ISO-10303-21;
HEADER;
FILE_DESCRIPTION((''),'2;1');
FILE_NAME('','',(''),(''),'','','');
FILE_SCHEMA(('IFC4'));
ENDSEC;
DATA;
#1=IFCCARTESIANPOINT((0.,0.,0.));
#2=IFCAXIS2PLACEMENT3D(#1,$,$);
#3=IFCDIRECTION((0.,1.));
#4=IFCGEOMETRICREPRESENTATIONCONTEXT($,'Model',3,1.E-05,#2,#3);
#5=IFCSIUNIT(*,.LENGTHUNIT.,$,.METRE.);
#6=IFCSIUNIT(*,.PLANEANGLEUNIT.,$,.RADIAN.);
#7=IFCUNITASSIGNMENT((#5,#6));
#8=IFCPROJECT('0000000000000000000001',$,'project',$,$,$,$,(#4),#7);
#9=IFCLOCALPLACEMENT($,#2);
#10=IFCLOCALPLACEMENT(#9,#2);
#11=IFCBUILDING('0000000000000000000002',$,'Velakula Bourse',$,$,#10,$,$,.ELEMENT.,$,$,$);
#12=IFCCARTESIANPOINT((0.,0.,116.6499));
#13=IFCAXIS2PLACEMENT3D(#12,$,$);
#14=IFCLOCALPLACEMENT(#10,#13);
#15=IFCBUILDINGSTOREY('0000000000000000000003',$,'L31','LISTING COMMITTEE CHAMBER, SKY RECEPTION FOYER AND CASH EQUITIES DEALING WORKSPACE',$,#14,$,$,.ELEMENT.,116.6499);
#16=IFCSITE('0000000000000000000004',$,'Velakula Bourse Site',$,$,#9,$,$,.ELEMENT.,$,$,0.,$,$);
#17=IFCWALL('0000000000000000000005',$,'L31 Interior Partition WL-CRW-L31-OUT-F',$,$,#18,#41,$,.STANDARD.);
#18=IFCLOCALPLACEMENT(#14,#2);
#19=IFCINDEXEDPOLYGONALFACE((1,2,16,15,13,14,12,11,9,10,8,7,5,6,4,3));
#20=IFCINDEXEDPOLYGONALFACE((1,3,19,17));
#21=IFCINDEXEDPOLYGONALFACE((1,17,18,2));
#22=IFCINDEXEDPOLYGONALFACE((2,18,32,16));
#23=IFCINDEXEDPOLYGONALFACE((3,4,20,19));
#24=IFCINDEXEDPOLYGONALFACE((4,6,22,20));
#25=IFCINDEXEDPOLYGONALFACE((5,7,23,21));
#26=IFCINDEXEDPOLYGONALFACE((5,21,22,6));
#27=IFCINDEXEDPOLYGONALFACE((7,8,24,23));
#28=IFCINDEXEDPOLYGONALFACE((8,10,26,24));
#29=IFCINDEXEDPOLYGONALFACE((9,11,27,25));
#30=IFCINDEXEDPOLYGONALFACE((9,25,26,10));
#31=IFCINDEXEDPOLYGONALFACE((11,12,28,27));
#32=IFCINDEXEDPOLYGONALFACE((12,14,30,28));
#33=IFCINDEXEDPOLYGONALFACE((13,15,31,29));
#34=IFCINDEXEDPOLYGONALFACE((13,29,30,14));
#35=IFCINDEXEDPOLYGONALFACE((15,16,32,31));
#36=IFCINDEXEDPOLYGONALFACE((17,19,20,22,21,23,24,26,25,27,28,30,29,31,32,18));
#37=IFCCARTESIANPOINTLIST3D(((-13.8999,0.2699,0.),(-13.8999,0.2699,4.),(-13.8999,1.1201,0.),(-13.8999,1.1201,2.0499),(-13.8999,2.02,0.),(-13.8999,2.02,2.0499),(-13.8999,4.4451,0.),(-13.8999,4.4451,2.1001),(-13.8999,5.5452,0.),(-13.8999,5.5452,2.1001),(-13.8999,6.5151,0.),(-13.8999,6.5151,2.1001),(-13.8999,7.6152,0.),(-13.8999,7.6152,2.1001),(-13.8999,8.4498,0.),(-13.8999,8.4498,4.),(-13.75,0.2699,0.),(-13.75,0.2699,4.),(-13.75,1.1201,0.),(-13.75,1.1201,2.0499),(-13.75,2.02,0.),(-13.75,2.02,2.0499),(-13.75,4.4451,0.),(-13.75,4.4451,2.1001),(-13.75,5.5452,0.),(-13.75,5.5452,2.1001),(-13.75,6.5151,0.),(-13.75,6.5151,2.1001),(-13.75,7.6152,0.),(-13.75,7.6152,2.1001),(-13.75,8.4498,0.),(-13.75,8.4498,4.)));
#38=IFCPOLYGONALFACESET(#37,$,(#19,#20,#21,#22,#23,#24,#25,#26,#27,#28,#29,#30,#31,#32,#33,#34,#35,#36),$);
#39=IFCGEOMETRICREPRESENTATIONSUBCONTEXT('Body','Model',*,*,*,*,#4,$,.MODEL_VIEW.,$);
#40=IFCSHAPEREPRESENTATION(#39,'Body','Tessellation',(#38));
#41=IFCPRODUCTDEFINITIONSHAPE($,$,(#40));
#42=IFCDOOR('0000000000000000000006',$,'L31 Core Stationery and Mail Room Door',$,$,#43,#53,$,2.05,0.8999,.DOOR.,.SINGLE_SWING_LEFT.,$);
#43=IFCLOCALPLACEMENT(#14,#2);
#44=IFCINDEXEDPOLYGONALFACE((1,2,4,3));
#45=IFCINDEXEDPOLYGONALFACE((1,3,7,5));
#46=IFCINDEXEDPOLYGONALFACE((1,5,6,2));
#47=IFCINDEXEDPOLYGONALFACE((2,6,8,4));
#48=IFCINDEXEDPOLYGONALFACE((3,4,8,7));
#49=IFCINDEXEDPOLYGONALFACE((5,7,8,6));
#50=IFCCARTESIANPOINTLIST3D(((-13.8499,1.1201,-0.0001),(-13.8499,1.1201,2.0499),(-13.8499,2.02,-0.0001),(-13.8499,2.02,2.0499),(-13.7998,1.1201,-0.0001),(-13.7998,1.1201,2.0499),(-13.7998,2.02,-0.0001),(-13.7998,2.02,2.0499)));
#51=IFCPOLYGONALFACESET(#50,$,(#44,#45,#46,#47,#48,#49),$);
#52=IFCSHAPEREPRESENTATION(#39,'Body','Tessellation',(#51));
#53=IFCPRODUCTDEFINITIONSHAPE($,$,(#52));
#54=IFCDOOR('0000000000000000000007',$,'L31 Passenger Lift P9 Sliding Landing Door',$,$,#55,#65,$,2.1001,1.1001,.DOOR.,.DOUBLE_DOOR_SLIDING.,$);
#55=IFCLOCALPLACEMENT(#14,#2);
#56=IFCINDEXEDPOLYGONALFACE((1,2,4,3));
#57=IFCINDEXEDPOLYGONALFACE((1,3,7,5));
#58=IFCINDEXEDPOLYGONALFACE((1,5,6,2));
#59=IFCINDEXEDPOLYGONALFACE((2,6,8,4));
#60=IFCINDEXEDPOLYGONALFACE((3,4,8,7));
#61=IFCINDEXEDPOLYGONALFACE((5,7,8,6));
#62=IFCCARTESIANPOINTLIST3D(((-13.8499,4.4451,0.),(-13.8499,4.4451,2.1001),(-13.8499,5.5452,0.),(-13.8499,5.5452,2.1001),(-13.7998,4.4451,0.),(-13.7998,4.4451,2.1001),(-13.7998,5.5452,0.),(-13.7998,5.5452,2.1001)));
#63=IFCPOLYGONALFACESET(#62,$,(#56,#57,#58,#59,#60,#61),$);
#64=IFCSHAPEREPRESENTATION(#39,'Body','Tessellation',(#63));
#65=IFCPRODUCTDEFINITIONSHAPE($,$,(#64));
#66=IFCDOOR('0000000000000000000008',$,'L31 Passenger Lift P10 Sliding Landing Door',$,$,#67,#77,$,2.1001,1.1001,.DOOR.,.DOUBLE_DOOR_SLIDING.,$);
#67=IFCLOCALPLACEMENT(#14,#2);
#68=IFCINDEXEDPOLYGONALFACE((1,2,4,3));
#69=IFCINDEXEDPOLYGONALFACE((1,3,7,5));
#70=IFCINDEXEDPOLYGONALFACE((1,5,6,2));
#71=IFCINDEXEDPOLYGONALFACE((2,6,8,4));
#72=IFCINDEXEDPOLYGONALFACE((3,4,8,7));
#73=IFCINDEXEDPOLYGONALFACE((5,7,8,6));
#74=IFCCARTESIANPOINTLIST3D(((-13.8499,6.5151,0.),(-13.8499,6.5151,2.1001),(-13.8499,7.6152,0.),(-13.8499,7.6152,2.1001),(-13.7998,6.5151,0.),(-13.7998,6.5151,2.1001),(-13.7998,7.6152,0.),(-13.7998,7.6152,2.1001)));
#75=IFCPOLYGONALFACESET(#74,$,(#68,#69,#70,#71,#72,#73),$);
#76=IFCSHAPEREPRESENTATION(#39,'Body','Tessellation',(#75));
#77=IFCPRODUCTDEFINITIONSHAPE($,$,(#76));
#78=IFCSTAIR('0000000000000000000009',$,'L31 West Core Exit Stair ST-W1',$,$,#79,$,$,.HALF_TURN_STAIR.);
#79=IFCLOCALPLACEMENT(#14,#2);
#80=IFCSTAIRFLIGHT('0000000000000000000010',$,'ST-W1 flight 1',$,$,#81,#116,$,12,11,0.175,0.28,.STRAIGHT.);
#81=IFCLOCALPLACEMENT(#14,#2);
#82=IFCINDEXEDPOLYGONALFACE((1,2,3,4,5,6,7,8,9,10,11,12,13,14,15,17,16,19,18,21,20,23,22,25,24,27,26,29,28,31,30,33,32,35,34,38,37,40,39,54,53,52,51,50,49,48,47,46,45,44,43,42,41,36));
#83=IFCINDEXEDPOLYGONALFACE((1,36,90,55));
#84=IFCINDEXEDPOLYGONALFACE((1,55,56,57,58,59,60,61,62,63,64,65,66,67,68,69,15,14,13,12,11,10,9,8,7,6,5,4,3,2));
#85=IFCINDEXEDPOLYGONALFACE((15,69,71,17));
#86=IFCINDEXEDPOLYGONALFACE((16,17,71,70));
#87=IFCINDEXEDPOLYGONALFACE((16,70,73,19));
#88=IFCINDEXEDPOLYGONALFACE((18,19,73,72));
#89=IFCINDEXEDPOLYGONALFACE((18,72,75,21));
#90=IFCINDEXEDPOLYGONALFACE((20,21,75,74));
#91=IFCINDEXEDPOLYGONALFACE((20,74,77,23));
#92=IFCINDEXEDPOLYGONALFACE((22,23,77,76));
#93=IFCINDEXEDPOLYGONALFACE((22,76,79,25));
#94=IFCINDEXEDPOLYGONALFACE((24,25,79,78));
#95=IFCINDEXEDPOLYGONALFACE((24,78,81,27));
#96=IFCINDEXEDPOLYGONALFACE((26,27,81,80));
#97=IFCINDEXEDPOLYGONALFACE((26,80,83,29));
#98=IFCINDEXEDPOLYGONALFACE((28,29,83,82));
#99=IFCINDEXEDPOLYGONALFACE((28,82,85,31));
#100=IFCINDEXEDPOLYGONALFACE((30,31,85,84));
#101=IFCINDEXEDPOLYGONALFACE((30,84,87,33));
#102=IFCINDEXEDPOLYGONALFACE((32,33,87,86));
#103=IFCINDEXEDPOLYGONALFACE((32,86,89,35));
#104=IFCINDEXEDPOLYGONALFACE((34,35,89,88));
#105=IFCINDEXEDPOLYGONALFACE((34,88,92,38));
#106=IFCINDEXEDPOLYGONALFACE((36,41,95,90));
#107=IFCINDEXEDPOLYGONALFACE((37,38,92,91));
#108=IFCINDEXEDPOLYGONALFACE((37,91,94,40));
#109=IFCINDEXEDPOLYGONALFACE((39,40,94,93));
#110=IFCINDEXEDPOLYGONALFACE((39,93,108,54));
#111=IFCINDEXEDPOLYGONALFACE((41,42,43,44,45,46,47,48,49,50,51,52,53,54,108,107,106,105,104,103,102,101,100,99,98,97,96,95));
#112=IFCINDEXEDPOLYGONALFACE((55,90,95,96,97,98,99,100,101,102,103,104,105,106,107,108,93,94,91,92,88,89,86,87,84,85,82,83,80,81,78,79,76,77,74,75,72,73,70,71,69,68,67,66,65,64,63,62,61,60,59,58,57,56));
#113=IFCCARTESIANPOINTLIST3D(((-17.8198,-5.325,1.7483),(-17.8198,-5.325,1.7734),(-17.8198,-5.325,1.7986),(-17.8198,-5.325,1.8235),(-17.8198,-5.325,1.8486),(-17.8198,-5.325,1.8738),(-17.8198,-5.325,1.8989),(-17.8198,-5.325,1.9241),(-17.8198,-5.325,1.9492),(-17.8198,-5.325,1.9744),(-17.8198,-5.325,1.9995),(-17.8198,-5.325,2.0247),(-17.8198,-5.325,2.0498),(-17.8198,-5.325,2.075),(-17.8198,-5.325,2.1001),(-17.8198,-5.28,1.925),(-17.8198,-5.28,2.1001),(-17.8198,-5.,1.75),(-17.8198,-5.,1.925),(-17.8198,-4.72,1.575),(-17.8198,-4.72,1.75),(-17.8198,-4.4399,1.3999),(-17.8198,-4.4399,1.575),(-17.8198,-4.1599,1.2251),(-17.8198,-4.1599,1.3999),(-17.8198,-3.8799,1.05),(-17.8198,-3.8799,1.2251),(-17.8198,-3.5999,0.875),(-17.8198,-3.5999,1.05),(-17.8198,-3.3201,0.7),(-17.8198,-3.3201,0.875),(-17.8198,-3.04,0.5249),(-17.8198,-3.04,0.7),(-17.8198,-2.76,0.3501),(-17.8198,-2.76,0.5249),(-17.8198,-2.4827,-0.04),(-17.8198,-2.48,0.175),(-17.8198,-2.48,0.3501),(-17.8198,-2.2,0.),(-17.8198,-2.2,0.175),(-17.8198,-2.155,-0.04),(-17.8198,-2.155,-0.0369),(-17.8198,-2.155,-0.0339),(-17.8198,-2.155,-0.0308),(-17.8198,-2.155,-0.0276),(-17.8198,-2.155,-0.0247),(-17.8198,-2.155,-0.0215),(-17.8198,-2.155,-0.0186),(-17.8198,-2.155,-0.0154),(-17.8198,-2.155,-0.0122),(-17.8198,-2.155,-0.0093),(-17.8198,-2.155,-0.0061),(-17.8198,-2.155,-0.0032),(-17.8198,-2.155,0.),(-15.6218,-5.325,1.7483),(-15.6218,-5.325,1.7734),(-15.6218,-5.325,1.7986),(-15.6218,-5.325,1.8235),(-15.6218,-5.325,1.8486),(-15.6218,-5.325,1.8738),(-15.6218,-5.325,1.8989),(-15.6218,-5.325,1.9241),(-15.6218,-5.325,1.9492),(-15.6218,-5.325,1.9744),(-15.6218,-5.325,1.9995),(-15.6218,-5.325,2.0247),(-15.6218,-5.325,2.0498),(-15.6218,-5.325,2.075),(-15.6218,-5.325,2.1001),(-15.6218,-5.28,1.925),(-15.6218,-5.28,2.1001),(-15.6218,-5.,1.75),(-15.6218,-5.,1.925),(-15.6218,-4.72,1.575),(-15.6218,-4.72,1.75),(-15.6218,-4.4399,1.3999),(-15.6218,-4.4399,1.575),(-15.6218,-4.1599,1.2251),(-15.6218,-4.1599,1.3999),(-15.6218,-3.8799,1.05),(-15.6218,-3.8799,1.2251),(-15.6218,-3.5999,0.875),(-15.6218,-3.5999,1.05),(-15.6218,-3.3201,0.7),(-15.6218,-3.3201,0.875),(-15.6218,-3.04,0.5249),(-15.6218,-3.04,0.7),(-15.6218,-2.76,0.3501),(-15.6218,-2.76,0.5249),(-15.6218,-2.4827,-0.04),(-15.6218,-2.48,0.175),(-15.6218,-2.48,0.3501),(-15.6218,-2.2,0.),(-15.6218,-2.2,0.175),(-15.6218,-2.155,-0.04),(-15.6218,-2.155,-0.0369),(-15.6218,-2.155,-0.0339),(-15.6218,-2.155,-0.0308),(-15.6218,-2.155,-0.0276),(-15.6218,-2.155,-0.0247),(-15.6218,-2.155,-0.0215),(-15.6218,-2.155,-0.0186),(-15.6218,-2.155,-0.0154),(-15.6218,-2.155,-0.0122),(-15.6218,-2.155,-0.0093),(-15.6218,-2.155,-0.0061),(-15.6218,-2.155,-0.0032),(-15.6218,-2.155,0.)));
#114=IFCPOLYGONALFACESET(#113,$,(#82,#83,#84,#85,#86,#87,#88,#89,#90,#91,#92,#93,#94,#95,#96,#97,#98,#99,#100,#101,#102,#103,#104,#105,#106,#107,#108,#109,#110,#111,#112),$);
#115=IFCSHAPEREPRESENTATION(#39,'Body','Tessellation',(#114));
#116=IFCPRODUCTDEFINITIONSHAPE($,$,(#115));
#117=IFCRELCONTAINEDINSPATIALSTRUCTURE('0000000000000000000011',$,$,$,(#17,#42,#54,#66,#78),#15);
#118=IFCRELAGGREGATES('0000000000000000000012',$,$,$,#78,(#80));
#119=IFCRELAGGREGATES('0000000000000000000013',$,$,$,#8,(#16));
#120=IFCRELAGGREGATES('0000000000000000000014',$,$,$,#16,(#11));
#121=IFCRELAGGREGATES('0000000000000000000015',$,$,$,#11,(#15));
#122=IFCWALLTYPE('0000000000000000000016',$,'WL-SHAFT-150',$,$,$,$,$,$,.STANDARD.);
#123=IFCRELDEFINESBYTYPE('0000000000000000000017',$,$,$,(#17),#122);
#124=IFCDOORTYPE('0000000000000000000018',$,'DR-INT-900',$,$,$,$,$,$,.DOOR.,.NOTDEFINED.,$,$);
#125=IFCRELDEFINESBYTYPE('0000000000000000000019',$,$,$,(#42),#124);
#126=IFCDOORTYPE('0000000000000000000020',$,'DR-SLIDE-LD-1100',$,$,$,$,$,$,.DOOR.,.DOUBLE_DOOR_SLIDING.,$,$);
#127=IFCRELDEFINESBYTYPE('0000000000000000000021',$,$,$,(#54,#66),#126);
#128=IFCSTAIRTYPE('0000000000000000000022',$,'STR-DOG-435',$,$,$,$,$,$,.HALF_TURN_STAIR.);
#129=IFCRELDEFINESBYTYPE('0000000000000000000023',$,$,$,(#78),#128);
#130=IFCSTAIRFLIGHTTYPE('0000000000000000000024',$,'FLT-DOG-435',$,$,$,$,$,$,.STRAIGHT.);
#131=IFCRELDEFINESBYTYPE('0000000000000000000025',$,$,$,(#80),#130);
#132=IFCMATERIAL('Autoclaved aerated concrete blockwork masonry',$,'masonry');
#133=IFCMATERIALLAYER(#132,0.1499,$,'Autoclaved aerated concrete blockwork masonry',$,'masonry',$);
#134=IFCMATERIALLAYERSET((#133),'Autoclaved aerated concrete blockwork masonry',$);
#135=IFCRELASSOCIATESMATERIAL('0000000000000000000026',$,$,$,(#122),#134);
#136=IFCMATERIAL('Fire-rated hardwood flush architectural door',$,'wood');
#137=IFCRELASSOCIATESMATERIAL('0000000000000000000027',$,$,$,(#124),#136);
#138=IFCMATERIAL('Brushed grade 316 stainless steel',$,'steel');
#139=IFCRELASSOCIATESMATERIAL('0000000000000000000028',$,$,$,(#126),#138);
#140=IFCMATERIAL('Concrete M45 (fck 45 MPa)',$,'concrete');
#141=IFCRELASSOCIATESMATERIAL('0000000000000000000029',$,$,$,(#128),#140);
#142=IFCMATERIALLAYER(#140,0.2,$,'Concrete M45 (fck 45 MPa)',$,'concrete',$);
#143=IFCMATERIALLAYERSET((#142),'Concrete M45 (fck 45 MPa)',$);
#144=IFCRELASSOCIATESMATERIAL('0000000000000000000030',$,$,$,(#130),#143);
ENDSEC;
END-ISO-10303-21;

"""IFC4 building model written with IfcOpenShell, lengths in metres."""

from ifc_helpers import new_model, si_unit, direction, frame, frame_2d, origin, place, context, subcontext, project, spatial, polyline, rectangle, outline, extrude, material, layer, layer_set, type_object, element, fill, aggregate, save


model = new_model("IFC4")

# Units and contexts
model_context = context("Model", 3, precision=1e-05, world=origin(), true_north=direction((0.0, 1.0)))
body_context = subcontext(model_context, "Body", "Model", "MODEL_VIEW")
ifc_project = project(units=[si_unit("LENGTHUNIT", "METRE"), si_unit("PLANEANGLEUNIT", "RADIAN")], contexts=[model_context])

# Site, building, storey
site_placement = place(None, origin())
site = spatial("IfcSite", under=ifc_project, at=site_placement, Name="Velakula Bourse Site", CompositionType="ELEMENT", RefElevation=0.0)
building_placement = place(site_placement, origin())
building = spatial("IfcBuilding", under=site, at=building_placement, Name="Velakula Bourse", CompositionType="ELEMENT")
storey_placement = place(building_placement, frame((0.0, 0.0, 116.6499)))
storey = spatial("IfcBuildingStorey", under=building, at=storey_placement, Name="L31", Description="LISTING COMMITTEE CHAMBER, SKY RECEPTION FOYER AND CASH EQUITIES DEALING WORKSPACE", CompositionType="ELEMENT", Elevation=116.6499)

# Shared definitions
ifc_material_1 = material(Name="Autoclaved aerated concrete blockwork masonry", Category="masonry")
ifc_layer_1 = layer(ifc_material_1, 0.1499, Name="Autoclaved aerated concrete blockwork masonry", Category="masonry")
ifc_layer_set_1 = layer_set([ifc_layer_1], Name="Autoclaved aerated concrete blockwork masonry")
wall_type_1 = type_object("IfcWallType", Name="WL-SHAFT-150", PredefinedType="STANDARD", material=ifc_layer_set_1)
ifc_material_2 = material(Name="Brushed grade 316 stainless steel", Category="steel")

# Shared definitions
ifc_material_3 = material(Name="Fire-rated hardwood flush architectural door", Category="wood")

# Wall, openings, doors
wall_1_placement = place(storey_placement, frame((-13.825, 0.27, 0.0), z_axis=(0.0, 0.0, 1.0), x_axis=(0.0, 1.0, 0.0)))
wall_1 = element("IfcWall", 1, at=wall_1_placement, inside=storey, type_object=wall_type_1, Name="L31 Interior Partition WL-CRW-L31-OUT-F", PredefinedType="STANDARD", context=body_context, shape_type="SweptSolid", body=[
    extrude(rectangle(XDim=8.1799, YDim=0.1499, at=frame_2d((4.0898, 0.0))), origin(), (0.0, 0.0, 1.0), 4.0),
])
opening_1_placement = place(wall_1_placement, frame((4.175, 0.0, 0.0)))
opening_1 = element("IfcOpeningElement", 2, at=opening_1_placement, cuts=wall_1, PredefinedType="OPENING", context=body_context, shape_type="SweptSolid", body=[
    extrude(rectangle(XDim=1.1001, YDim=2.1001, at=frame_2d((0.55, 1.05))), frame((0.0, 0.085, 0.0), z_axis=(0.0, -1.0, 0.0), x_axis=(1.0, 0.0, 0.0)), (0.0, 0.0, 1.0), 0.1699),
])
opening_2_placement = place(wall_1_placement, frame((6.2451, 0.0, 0.0)))
opening_2 = element("IfcOpeningElement", 3, at=opening_2_placement, cuts=wall_1, PredefinedType="OPENING", context=body_context, shape_type="SweptSolid", body=[
    extrude(rectangle(XDim=1.1001, YDim=2.1001, at=frame_2d((0.55, 1.05))), frame((0.0, 0.085, 0.0), z_axis=(0.0, -1.0, 0.0), x_axis=(1.0, 0.0, 0.0)), (0.0, 0.0, 1.0), 0.1699),
])
opening_3_placement = place(wall_1_placement, frame((0.8501, 0.0, 0.0)))
opening_3 = element("IfcOpeningElement", 4, at=opening_3_placement, cuts=wall_1, PredefinedType="OPENING", context=body_context, shape_type="SweptSolid", body=[
    extrude(rectangle(XDim=0.8999, YDim=2.05, at=frame_2d((0.45, 1.0249))), frame((0.0, 0.085, 0.0), z_axis=(0.0, -1.0, 0.0), x_axis=(1.0, 0.0, 0.0)), (0.0, 0.0, 1.0), 0.1699),
])
door_type_1 = type_object("IfcDoorType", Name="DR-INT-900", OperationType="NOTDEFINED", PredefinedType="DOOR", material=ifc_material_3)
door_1_placement = place(opening_3_placement, origin())
door_1 = element("IfcDoor", 5, at=door_1_placement, inside=storey, type_object=door_type_1, Name="L31 Core Stationery and Mail Room Door", OperationType="SINGLE_SWING_LEFT", OverallHeight=2.05, OverallWidth=0.8999, PredefinedType="DOOR", context=body_context, shape_type="SweptSolid", body=[
    extrude(rectangle(XDim=0.8999, YDim=2.05, at=frame_2d((0.45, 1.0249))), frame((0.0, 0.0249, 0.0), z_axis=(0.0, -1.0, 0.0), x_axis=(1.0, 0.0, 0.0)), (0.0, 0.0, 1.0), 0.05),
])
fill(opening_3, door_1)
door_type_2 = type_object("IfcDoorType", Name="DR-SLIDE-LD-1100", OperationType="DOUBLE_DOOR_SLIDING", PredefinedType="DOOR", material=ifc_material_2)
door_2_placement = place(opening_1_placement, origin())
door_2 = element("IfcDoor", 6, at=door_2_placement, inside=storey, type_object=door_type_2, Name="L31 Passenger Lift P9 Sliding Landing Door", OperationType="DOUBLE_DOOR_SLIDING", OverallHeight=2.1001, OverallWidth=1.1001, PredefinedType="DOOR", context=body_context, shape_type="SweptSolid", body=[
    extrude(rectangle(XDim=1.1001, YDim=2.1001, at=frame_2d((0.55, 1.05))), frame((0.0, 0.0249, 0.0), z_axis=(0.0, -1.0, 0.0), x_axis=(1.0, 0.0, 0.0)), (0.0, 0.0, 1.0), 0.05),
])
fill(opening_1, door_2)
door_3_placement = place(opening_2_placement, origin())
door_3 = element("IfcDoor", 7, at=door_3_placement, inside=storey, type_object=door_type_2, Name="L31 Passenger Lift P10 Sliding Landing Door", OperationType="DOUBLE_DOOR_SLIDING", OverallHeight=2.1001, OverallWidth=1.1001, PredefinedType="DOOR", context=body_context, shape_type="SweptSolid", body=[
    extrude(rectangle(XDim=1.1001, YDim=2.1001, at=frame_2d((0.55, 1.05))), frame((0.0, 0.0249, 0.0), z_axis=(0.0, -1.0, 0.0), x_axis=(1.0, 0.0, 0.0)), (0.0, 0.0, 1.0), 0.05),
])
fill(opening_2, door_3)

# Stair, stair flight
ifc_material_4 = material(Name="Concrete M45 (fck 45 MPa)", Category="concrete")
stair_type = type_object("IfcStairType", Name="STR-DOG-435", PredefinedType="HALF_TURN_STAIR", material=ifc_material_4)
stair_placement = place(storey_placement, origin())
stair = element("IfcStair", 8, at=stair_placement, inside=storey, type_object=stair_type, Name="L31 West Core Exit Stair ST-W1", PredefinedType="HALF_TURN_STAIR")
ifc_layer_2 = layer(ifc_material_4, 0.2, Name="Concrete M45 (fck 45 MPa)", Category="concrete")
ifc_layer_set_2 = layer_set([ifc_layer_2], Name="Concrete M45 (fck 45 MPa)")
stair_flight_type = type_object("IfcStairFlightType", Name="FLT-DOG-435", PredefinedType="STRAIGHT", material=ifc_layer_set_2)
stair_flight_1_placement = place(storey_placement, frame((-16.7209, -2.2, 0.0), z_axis=(0.0, 0.0, 1.0), x_axis=(0.0, -1.0, 0.0)))
stair_flight_1 = element("IfcStairFlight", 9, at=stair_flight_1_placement, type_object=stair_flight_type, Name="ST-W1 flight 1", NumberOfRisers=12, NumberOfTreads=11, PredefinedType="STRAIGHT", RiserHeight=0.175, TreadLength=0.28, context=body_context, shape_type="SweptSolid", body=[
    extrude(outline(polyline([(-0.0449, -0.04), (-0.0449, -0.0369), (-0.0449, -0.0339), (-0.0449, -0.0308), (-0.0449, -0.0276), (-0.0449, -0.0247), (-0.0449, -0.0215), (-0.0449, -0.0186), (-0.0449, -0.0154), (-0.0449, -0.0122), (-0.0449, -0.0093), (-0.0449, -0.0061), (-0.0449, -0.0032), (-0.0449, 0.0), (0.0, 0.0), (0.0, 0.175), (0.28, 0.175), (0.28, 0.3501), (0.5601, 0.3501), (0.5601, 0.5249), (0.8401, 0.5249), (0.8401, 0.7), (1.1201, 0.7), (1.1201, 0.875), (1.3999, 0.875), (1.3999, 1.05), (1.6799, 1.05), (1.6799, 1.2251), (1.96, 1.2251), (1.96, 1.3999), (2.24, 1.3999), (2.24, 1.575), (2.52, 1.575), (2.52, 1.75), (2.8, 1.75), (2.8, 1.925), (3.0801, 1.925), (3.0801, 2.1001), (3.125, 2.1001), (3.125, 2.075), (3.125, 2.0498), (3.125, 2.0247), (3.125, 1.9995), (3.125, 1.9744), (3.125, 1.9492), (3.125, 1.9241), (3.125, 1.8989), (3.125, 1.8738), (3.125, 1.8486), (3.125, 1.8235), (3.125, 1.7986), (3.125, 1.7734), (3.125, 1.7483), (0.2827, -0.04), (-0.0449, -0.04)])), frame((0.0, 1.0991, 0.0), z_axis=(0.0, -1.0, 0.0), x_axis=(1.0, 0.0, 0.0)), (0.0, 0.0, 1.0), 2.198),
])
aggregate(stair, [stair_flight_1])

save(model, "model.ifc")
